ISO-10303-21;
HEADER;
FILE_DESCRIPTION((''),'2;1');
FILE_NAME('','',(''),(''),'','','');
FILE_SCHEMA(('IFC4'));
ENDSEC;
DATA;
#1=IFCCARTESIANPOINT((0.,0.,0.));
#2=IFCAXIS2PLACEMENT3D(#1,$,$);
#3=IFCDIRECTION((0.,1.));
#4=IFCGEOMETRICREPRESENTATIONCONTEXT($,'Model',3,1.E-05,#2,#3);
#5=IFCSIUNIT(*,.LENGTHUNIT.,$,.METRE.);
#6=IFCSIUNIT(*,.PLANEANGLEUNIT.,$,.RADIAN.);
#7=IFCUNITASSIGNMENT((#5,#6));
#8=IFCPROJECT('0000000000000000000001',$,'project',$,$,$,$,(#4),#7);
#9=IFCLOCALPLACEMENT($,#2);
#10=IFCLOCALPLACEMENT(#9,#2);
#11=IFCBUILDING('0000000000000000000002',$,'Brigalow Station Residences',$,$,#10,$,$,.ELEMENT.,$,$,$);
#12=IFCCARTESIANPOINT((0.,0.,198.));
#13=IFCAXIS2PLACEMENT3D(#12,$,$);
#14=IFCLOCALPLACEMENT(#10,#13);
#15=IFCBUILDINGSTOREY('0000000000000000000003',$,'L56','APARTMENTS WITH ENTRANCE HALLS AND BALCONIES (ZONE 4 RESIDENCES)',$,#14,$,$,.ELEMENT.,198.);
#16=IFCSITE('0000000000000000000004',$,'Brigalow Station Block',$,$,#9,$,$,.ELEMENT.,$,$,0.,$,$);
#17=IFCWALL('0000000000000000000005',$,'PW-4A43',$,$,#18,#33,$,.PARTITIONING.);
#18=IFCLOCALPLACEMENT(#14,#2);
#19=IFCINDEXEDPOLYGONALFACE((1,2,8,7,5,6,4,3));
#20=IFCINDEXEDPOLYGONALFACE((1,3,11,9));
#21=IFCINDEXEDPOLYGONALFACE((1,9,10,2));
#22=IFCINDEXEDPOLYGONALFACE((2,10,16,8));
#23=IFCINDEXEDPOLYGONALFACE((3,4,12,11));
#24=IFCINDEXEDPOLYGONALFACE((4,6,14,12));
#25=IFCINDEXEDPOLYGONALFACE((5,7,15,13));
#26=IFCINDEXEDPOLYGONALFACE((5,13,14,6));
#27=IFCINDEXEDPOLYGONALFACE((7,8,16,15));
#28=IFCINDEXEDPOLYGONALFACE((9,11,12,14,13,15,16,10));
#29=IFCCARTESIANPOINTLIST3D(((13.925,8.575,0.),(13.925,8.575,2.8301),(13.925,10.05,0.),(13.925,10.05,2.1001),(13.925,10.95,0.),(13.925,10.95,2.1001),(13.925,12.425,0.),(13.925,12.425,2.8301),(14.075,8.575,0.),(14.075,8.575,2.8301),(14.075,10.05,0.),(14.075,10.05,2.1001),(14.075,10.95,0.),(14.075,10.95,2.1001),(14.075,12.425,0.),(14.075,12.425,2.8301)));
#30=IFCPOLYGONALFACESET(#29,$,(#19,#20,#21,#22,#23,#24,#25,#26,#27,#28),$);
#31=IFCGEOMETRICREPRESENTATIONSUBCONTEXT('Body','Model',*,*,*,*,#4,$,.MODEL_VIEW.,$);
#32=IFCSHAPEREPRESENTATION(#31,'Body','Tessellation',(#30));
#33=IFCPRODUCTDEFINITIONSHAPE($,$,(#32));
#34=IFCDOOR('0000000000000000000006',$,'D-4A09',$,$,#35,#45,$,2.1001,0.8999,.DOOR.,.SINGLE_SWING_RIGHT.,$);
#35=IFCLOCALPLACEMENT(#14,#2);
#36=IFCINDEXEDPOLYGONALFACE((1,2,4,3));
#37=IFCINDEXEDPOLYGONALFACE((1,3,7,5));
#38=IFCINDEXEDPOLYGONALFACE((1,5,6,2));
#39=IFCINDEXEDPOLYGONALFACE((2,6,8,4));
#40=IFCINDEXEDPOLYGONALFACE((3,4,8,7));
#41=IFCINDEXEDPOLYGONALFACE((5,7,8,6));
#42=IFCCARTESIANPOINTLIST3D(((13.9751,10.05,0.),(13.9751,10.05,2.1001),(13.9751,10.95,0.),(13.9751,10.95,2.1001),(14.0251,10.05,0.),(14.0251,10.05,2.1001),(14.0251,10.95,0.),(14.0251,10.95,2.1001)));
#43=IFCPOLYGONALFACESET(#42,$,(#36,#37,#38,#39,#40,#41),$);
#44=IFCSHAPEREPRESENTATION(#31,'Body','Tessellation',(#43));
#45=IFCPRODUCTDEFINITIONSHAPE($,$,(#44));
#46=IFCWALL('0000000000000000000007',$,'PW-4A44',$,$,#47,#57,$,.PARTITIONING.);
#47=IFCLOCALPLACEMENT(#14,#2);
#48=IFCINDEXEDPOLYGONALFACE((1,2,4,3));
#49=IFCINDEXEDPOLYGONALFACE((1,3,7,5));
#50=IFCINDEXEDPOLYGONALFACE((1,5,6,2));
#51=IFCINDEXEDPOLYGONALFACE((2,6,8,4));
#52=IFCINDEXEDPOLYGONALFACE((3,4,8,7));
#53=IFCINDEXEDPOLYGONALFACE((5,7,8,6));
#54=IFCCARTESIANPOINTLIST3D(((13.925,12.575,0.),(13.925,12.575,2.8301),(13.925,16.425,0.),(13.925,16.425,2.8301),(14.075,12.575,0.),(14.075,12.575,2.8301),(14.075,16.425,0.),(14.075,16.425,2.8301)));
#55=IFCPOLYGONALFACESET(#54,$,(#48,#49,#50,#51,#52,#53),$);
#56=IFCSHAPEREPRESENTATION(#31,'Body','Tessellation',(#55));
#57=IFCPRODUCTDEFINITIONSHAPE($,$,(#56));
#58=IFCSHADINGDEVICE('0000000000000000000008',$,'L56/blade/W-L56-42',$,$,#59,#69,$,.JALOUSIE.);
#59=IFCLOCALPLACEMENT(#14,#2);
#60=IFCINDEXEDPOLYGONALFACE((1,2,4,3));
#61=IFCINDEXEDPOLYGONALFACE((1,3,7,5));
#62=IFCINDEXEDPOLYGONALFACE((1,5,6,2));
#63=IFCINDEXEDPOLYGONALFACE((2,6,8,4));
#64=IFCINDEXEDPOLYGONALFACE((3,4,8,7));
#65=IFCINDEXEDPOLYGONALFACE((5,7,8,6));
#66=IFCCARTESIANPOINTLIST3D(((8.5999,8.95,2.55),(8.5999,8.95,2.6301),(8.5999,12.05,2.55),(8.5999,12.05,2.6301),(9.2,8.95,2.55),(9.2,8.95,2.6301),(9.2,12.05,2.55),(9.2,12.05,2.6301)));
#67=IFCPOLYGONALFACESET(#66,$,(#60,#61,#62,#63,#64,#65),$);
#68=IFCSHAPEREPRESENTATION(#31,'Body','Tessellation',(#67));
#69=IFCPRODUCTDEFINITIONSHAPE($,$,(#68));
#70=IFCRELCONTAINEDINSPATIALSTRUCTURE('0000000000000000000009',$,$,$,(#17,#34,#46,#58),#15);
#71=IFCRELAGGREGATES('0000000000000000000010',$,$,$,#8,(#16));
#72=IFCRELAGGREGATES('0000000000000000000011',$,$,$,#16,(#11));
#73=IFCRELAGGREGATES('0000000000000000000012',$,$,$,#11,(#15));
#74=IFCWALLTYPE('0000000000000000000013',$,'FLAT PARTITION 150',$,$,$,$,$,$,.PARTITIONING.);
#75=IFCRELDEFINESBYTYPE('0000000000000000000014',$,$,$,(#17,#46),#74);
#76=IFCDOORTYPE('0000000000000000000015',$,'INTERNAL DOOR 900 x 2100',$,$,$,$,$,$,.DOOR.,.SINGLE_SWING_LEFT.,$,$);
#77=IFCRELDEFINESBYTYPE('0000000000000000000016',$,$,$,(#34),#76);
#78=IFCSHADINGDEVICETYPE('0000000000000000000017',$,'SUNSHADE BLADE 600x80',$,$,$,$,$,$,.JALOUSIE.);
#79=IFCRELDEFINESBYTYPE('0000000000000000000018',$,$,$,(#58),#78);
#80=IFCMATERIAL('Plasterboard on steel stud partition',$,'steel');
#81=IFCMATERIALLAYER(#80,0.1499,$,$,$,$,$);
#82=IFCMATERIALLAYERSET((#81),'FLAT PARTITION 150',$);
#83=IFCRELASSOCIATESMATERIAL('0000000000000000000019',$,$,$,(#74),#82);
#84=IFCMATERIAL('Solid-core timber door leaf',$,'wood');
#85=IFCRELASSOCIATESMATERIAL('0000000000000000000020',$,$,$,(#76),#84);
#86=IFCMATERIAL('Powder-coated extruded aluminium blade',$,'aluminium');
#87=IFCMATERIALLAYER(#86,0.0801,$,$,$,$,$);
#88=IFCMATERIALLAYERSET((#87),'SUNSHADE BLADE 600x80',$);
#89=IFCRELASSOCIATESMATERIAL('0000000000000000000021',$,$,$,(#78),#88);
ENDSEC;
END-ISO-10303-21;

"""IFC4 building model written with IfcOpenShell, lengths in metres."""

from ifc_helpers import new_model, si_unit, direction, frame, frame_2d, origin, origin_2d, place, context, subcontext, project, spatial, rectangle, extrude, material, layer, layer_set, type_object, element, fill, save


model = new_model("IFC4")

# Units and contexts
model_context = context("Model", 3, precision=1e-05, world=origin(), true_north=direction((0.0, 1.0)))
body_context = subcontext(model_context, "Body", "Model", "MODEL_VIEW")
ifc_project = project(units=[si_unit("LENGTHUNIT", "METRE"), si_unit("PLANEANGLEUNIT", "RADIAN")], contexts=[model_context])

# Site, building, storey
site_placement = place(None, origin())
site = spatial("IfcSite", under=ifc_project, at=site_placement, Name="Brigalow Station Block", CompositionType="ELEMENT", RefElevation=0.0)
building_placement = place(site_placement, origin())
building = spatial("IfcBuilding", under=site, at=building_placement, Name="Brigalow Station Residences", CompositionType="ELEMENT")
storey_placement = place(building_placement, frame((0.0, 0.0, 198.0)))
storey = spatial("IfcBuildingStorey", under=building, at=storey_placement, Name="L56", Description="APARTMENTS WITH ENTRANCE HALLS AND BALCONIES (ZONE 4 RESIDENCES)", CompositionType="ELEMENT", Elevation=198.0)

# Shared definitions
ifc_material_1 = material(Name="Plasterboard on steel stud partition", Category="steel")
ifc_layer_1 = layer(ifc_material_1, 0.1499)
ifc_layer_set_1 = layer_set([ifc_layer_1], Name="FLAT PARTITION 150")
wall_type_1 = type_object("IfcWallType", Name="FLAT PARTITION 150", PredefinedType="PARTITIONING", material=ifc_layer_set_1)
ifc_material_2 = material(Name="Solid-core timber door leaf", Category="wood")
door_type = type_object("IfcDoorType", Name="INTERNAL DOOR 900 x 2100", OperationType="SINGLE_SWING_LEFT", PredefinedType="DOOR", material=ifc_material_2)

# Wall, opening, door
wall_1_placement = place(storey_placement, frame((14.0, 8.575, 0.0), z_axis=(0.0, 0.0, 1.0), x_axis=(0.0, 1.0, 0.0)))
wall_1 = element("IfcWall", 1, at=wall_1_placement, inside=storey, type_object=wall_type_1, Name="PW-4A43", PredefinedType="PARTITIONING", context=body_context, shape_type="SweptSolid", body=[
    extrude(rectangle(XDim=3.8501, YDim=0.1499, at=frame_2d((1.925, 0.0))), origin(), (0.0, 0.0, 1.0), 2.8301),
])
opening_1_placement = place(wall_1_placement, frame((1.4751, 0.0, 0.0)))
opening_1 = element("IfcOpeningElement", 2, at=opening_1_placement, cuts=wall_1, PredefinedType="OPENING", context=body_context, shape_type="SweptSolid", body=[
    extrude(rectangle(XDim=0.8999, YDim=2.1001, at=frame_2d((0.45, 1.05))), frame((0.0, 0.085, 0.0), z_axis=(0.0, -1.0, 0.0), x_axis=(1.0, 0.0, 0.0)), (0.0, 0.0, 1.0), 0.1699),
])
door_1_placement = place(opening_1_placement, origin())
door_1 = element("IfcDoor", 3, at=door_1_placement, inside=storey, type_object=door_type, Name="D-4A09", OperationType="SINGLE_SWING_RIGHT", OverallHeight=2.1001, OverallWidth=0.8999, PredefinedType="DOOR", context=body_context, shape_type="SweptSolid", body=[
    extrude(rectangle(XDim=0.8999, YDim=2.1001, at=frame_2d((0.45, 1.05))), frame((0.0, 0.0249, 0.0), z_axis=(0.0, -1.0, 0.0), x_axis=(1.0, 0.0, 0.0)), (0.0, 0.0, 1.0), 0.05),
])
fill(opening_1, door_1)

# Wall
wall_2_placement = place(storey_placement, frame((14.0, 12.575, 0.0), z_axis=(0.0, 0.0, 1.0), x_axis=(0.0, 1.0, 0.0)))
element("IfcWall", 4, at=wall_2_placement, inside=storey, type_object=wall_type_1, Name="PW-4A44", PredefinedType="PARTITIONING", context=body_context, shape_type="SweptSolid", body=[
    extrude(rectangle(XDim=3.8501, YDim=0.1499, at=frame_2d((1.925, 0.0))), origin(), (0.0, 0.0, 1.0), 2.8301),
])

# Shading device
ifc_material_3 = material(Name="Powder-coated extruded aluminium blade", Category="aluminium")
ifc_layer_2 = layer(ifc_material_3, 0.0801)
ifc_layer_set_2 = layer_set([ifc_layer_2], Name="SUNSHADE BLADE 600x80")
shading_device_type = type_object("IfcShadingDeviceType", Name="SUNSHADE BLADE 600x80", PredefinedType="JALOUSIE", material=ifc_layer_set_2)
shading_device_placement = place(storey_placement, frame((8.8999, 10.5, 2.55), z_axis=(0.0, 0.0, 1.0), x_axis=(0.0, -1.0, 0.0)))
element("IfcShadingDevice", 5, at=shading_device_placement, inside=storey, type_object=shading_device_type, Name="L56/blade/W-L56-42", PredefinedType="JALOUSIE", context=body_context, shape_type="SweptSolid", body=[
    extrude(rectangle(XDim=3.1001, YDim=0.6001, at=origin_2d()), origin(), (0.0, 0.0, 1.0), 0.0801),
])

save(model, "model.ifc")
